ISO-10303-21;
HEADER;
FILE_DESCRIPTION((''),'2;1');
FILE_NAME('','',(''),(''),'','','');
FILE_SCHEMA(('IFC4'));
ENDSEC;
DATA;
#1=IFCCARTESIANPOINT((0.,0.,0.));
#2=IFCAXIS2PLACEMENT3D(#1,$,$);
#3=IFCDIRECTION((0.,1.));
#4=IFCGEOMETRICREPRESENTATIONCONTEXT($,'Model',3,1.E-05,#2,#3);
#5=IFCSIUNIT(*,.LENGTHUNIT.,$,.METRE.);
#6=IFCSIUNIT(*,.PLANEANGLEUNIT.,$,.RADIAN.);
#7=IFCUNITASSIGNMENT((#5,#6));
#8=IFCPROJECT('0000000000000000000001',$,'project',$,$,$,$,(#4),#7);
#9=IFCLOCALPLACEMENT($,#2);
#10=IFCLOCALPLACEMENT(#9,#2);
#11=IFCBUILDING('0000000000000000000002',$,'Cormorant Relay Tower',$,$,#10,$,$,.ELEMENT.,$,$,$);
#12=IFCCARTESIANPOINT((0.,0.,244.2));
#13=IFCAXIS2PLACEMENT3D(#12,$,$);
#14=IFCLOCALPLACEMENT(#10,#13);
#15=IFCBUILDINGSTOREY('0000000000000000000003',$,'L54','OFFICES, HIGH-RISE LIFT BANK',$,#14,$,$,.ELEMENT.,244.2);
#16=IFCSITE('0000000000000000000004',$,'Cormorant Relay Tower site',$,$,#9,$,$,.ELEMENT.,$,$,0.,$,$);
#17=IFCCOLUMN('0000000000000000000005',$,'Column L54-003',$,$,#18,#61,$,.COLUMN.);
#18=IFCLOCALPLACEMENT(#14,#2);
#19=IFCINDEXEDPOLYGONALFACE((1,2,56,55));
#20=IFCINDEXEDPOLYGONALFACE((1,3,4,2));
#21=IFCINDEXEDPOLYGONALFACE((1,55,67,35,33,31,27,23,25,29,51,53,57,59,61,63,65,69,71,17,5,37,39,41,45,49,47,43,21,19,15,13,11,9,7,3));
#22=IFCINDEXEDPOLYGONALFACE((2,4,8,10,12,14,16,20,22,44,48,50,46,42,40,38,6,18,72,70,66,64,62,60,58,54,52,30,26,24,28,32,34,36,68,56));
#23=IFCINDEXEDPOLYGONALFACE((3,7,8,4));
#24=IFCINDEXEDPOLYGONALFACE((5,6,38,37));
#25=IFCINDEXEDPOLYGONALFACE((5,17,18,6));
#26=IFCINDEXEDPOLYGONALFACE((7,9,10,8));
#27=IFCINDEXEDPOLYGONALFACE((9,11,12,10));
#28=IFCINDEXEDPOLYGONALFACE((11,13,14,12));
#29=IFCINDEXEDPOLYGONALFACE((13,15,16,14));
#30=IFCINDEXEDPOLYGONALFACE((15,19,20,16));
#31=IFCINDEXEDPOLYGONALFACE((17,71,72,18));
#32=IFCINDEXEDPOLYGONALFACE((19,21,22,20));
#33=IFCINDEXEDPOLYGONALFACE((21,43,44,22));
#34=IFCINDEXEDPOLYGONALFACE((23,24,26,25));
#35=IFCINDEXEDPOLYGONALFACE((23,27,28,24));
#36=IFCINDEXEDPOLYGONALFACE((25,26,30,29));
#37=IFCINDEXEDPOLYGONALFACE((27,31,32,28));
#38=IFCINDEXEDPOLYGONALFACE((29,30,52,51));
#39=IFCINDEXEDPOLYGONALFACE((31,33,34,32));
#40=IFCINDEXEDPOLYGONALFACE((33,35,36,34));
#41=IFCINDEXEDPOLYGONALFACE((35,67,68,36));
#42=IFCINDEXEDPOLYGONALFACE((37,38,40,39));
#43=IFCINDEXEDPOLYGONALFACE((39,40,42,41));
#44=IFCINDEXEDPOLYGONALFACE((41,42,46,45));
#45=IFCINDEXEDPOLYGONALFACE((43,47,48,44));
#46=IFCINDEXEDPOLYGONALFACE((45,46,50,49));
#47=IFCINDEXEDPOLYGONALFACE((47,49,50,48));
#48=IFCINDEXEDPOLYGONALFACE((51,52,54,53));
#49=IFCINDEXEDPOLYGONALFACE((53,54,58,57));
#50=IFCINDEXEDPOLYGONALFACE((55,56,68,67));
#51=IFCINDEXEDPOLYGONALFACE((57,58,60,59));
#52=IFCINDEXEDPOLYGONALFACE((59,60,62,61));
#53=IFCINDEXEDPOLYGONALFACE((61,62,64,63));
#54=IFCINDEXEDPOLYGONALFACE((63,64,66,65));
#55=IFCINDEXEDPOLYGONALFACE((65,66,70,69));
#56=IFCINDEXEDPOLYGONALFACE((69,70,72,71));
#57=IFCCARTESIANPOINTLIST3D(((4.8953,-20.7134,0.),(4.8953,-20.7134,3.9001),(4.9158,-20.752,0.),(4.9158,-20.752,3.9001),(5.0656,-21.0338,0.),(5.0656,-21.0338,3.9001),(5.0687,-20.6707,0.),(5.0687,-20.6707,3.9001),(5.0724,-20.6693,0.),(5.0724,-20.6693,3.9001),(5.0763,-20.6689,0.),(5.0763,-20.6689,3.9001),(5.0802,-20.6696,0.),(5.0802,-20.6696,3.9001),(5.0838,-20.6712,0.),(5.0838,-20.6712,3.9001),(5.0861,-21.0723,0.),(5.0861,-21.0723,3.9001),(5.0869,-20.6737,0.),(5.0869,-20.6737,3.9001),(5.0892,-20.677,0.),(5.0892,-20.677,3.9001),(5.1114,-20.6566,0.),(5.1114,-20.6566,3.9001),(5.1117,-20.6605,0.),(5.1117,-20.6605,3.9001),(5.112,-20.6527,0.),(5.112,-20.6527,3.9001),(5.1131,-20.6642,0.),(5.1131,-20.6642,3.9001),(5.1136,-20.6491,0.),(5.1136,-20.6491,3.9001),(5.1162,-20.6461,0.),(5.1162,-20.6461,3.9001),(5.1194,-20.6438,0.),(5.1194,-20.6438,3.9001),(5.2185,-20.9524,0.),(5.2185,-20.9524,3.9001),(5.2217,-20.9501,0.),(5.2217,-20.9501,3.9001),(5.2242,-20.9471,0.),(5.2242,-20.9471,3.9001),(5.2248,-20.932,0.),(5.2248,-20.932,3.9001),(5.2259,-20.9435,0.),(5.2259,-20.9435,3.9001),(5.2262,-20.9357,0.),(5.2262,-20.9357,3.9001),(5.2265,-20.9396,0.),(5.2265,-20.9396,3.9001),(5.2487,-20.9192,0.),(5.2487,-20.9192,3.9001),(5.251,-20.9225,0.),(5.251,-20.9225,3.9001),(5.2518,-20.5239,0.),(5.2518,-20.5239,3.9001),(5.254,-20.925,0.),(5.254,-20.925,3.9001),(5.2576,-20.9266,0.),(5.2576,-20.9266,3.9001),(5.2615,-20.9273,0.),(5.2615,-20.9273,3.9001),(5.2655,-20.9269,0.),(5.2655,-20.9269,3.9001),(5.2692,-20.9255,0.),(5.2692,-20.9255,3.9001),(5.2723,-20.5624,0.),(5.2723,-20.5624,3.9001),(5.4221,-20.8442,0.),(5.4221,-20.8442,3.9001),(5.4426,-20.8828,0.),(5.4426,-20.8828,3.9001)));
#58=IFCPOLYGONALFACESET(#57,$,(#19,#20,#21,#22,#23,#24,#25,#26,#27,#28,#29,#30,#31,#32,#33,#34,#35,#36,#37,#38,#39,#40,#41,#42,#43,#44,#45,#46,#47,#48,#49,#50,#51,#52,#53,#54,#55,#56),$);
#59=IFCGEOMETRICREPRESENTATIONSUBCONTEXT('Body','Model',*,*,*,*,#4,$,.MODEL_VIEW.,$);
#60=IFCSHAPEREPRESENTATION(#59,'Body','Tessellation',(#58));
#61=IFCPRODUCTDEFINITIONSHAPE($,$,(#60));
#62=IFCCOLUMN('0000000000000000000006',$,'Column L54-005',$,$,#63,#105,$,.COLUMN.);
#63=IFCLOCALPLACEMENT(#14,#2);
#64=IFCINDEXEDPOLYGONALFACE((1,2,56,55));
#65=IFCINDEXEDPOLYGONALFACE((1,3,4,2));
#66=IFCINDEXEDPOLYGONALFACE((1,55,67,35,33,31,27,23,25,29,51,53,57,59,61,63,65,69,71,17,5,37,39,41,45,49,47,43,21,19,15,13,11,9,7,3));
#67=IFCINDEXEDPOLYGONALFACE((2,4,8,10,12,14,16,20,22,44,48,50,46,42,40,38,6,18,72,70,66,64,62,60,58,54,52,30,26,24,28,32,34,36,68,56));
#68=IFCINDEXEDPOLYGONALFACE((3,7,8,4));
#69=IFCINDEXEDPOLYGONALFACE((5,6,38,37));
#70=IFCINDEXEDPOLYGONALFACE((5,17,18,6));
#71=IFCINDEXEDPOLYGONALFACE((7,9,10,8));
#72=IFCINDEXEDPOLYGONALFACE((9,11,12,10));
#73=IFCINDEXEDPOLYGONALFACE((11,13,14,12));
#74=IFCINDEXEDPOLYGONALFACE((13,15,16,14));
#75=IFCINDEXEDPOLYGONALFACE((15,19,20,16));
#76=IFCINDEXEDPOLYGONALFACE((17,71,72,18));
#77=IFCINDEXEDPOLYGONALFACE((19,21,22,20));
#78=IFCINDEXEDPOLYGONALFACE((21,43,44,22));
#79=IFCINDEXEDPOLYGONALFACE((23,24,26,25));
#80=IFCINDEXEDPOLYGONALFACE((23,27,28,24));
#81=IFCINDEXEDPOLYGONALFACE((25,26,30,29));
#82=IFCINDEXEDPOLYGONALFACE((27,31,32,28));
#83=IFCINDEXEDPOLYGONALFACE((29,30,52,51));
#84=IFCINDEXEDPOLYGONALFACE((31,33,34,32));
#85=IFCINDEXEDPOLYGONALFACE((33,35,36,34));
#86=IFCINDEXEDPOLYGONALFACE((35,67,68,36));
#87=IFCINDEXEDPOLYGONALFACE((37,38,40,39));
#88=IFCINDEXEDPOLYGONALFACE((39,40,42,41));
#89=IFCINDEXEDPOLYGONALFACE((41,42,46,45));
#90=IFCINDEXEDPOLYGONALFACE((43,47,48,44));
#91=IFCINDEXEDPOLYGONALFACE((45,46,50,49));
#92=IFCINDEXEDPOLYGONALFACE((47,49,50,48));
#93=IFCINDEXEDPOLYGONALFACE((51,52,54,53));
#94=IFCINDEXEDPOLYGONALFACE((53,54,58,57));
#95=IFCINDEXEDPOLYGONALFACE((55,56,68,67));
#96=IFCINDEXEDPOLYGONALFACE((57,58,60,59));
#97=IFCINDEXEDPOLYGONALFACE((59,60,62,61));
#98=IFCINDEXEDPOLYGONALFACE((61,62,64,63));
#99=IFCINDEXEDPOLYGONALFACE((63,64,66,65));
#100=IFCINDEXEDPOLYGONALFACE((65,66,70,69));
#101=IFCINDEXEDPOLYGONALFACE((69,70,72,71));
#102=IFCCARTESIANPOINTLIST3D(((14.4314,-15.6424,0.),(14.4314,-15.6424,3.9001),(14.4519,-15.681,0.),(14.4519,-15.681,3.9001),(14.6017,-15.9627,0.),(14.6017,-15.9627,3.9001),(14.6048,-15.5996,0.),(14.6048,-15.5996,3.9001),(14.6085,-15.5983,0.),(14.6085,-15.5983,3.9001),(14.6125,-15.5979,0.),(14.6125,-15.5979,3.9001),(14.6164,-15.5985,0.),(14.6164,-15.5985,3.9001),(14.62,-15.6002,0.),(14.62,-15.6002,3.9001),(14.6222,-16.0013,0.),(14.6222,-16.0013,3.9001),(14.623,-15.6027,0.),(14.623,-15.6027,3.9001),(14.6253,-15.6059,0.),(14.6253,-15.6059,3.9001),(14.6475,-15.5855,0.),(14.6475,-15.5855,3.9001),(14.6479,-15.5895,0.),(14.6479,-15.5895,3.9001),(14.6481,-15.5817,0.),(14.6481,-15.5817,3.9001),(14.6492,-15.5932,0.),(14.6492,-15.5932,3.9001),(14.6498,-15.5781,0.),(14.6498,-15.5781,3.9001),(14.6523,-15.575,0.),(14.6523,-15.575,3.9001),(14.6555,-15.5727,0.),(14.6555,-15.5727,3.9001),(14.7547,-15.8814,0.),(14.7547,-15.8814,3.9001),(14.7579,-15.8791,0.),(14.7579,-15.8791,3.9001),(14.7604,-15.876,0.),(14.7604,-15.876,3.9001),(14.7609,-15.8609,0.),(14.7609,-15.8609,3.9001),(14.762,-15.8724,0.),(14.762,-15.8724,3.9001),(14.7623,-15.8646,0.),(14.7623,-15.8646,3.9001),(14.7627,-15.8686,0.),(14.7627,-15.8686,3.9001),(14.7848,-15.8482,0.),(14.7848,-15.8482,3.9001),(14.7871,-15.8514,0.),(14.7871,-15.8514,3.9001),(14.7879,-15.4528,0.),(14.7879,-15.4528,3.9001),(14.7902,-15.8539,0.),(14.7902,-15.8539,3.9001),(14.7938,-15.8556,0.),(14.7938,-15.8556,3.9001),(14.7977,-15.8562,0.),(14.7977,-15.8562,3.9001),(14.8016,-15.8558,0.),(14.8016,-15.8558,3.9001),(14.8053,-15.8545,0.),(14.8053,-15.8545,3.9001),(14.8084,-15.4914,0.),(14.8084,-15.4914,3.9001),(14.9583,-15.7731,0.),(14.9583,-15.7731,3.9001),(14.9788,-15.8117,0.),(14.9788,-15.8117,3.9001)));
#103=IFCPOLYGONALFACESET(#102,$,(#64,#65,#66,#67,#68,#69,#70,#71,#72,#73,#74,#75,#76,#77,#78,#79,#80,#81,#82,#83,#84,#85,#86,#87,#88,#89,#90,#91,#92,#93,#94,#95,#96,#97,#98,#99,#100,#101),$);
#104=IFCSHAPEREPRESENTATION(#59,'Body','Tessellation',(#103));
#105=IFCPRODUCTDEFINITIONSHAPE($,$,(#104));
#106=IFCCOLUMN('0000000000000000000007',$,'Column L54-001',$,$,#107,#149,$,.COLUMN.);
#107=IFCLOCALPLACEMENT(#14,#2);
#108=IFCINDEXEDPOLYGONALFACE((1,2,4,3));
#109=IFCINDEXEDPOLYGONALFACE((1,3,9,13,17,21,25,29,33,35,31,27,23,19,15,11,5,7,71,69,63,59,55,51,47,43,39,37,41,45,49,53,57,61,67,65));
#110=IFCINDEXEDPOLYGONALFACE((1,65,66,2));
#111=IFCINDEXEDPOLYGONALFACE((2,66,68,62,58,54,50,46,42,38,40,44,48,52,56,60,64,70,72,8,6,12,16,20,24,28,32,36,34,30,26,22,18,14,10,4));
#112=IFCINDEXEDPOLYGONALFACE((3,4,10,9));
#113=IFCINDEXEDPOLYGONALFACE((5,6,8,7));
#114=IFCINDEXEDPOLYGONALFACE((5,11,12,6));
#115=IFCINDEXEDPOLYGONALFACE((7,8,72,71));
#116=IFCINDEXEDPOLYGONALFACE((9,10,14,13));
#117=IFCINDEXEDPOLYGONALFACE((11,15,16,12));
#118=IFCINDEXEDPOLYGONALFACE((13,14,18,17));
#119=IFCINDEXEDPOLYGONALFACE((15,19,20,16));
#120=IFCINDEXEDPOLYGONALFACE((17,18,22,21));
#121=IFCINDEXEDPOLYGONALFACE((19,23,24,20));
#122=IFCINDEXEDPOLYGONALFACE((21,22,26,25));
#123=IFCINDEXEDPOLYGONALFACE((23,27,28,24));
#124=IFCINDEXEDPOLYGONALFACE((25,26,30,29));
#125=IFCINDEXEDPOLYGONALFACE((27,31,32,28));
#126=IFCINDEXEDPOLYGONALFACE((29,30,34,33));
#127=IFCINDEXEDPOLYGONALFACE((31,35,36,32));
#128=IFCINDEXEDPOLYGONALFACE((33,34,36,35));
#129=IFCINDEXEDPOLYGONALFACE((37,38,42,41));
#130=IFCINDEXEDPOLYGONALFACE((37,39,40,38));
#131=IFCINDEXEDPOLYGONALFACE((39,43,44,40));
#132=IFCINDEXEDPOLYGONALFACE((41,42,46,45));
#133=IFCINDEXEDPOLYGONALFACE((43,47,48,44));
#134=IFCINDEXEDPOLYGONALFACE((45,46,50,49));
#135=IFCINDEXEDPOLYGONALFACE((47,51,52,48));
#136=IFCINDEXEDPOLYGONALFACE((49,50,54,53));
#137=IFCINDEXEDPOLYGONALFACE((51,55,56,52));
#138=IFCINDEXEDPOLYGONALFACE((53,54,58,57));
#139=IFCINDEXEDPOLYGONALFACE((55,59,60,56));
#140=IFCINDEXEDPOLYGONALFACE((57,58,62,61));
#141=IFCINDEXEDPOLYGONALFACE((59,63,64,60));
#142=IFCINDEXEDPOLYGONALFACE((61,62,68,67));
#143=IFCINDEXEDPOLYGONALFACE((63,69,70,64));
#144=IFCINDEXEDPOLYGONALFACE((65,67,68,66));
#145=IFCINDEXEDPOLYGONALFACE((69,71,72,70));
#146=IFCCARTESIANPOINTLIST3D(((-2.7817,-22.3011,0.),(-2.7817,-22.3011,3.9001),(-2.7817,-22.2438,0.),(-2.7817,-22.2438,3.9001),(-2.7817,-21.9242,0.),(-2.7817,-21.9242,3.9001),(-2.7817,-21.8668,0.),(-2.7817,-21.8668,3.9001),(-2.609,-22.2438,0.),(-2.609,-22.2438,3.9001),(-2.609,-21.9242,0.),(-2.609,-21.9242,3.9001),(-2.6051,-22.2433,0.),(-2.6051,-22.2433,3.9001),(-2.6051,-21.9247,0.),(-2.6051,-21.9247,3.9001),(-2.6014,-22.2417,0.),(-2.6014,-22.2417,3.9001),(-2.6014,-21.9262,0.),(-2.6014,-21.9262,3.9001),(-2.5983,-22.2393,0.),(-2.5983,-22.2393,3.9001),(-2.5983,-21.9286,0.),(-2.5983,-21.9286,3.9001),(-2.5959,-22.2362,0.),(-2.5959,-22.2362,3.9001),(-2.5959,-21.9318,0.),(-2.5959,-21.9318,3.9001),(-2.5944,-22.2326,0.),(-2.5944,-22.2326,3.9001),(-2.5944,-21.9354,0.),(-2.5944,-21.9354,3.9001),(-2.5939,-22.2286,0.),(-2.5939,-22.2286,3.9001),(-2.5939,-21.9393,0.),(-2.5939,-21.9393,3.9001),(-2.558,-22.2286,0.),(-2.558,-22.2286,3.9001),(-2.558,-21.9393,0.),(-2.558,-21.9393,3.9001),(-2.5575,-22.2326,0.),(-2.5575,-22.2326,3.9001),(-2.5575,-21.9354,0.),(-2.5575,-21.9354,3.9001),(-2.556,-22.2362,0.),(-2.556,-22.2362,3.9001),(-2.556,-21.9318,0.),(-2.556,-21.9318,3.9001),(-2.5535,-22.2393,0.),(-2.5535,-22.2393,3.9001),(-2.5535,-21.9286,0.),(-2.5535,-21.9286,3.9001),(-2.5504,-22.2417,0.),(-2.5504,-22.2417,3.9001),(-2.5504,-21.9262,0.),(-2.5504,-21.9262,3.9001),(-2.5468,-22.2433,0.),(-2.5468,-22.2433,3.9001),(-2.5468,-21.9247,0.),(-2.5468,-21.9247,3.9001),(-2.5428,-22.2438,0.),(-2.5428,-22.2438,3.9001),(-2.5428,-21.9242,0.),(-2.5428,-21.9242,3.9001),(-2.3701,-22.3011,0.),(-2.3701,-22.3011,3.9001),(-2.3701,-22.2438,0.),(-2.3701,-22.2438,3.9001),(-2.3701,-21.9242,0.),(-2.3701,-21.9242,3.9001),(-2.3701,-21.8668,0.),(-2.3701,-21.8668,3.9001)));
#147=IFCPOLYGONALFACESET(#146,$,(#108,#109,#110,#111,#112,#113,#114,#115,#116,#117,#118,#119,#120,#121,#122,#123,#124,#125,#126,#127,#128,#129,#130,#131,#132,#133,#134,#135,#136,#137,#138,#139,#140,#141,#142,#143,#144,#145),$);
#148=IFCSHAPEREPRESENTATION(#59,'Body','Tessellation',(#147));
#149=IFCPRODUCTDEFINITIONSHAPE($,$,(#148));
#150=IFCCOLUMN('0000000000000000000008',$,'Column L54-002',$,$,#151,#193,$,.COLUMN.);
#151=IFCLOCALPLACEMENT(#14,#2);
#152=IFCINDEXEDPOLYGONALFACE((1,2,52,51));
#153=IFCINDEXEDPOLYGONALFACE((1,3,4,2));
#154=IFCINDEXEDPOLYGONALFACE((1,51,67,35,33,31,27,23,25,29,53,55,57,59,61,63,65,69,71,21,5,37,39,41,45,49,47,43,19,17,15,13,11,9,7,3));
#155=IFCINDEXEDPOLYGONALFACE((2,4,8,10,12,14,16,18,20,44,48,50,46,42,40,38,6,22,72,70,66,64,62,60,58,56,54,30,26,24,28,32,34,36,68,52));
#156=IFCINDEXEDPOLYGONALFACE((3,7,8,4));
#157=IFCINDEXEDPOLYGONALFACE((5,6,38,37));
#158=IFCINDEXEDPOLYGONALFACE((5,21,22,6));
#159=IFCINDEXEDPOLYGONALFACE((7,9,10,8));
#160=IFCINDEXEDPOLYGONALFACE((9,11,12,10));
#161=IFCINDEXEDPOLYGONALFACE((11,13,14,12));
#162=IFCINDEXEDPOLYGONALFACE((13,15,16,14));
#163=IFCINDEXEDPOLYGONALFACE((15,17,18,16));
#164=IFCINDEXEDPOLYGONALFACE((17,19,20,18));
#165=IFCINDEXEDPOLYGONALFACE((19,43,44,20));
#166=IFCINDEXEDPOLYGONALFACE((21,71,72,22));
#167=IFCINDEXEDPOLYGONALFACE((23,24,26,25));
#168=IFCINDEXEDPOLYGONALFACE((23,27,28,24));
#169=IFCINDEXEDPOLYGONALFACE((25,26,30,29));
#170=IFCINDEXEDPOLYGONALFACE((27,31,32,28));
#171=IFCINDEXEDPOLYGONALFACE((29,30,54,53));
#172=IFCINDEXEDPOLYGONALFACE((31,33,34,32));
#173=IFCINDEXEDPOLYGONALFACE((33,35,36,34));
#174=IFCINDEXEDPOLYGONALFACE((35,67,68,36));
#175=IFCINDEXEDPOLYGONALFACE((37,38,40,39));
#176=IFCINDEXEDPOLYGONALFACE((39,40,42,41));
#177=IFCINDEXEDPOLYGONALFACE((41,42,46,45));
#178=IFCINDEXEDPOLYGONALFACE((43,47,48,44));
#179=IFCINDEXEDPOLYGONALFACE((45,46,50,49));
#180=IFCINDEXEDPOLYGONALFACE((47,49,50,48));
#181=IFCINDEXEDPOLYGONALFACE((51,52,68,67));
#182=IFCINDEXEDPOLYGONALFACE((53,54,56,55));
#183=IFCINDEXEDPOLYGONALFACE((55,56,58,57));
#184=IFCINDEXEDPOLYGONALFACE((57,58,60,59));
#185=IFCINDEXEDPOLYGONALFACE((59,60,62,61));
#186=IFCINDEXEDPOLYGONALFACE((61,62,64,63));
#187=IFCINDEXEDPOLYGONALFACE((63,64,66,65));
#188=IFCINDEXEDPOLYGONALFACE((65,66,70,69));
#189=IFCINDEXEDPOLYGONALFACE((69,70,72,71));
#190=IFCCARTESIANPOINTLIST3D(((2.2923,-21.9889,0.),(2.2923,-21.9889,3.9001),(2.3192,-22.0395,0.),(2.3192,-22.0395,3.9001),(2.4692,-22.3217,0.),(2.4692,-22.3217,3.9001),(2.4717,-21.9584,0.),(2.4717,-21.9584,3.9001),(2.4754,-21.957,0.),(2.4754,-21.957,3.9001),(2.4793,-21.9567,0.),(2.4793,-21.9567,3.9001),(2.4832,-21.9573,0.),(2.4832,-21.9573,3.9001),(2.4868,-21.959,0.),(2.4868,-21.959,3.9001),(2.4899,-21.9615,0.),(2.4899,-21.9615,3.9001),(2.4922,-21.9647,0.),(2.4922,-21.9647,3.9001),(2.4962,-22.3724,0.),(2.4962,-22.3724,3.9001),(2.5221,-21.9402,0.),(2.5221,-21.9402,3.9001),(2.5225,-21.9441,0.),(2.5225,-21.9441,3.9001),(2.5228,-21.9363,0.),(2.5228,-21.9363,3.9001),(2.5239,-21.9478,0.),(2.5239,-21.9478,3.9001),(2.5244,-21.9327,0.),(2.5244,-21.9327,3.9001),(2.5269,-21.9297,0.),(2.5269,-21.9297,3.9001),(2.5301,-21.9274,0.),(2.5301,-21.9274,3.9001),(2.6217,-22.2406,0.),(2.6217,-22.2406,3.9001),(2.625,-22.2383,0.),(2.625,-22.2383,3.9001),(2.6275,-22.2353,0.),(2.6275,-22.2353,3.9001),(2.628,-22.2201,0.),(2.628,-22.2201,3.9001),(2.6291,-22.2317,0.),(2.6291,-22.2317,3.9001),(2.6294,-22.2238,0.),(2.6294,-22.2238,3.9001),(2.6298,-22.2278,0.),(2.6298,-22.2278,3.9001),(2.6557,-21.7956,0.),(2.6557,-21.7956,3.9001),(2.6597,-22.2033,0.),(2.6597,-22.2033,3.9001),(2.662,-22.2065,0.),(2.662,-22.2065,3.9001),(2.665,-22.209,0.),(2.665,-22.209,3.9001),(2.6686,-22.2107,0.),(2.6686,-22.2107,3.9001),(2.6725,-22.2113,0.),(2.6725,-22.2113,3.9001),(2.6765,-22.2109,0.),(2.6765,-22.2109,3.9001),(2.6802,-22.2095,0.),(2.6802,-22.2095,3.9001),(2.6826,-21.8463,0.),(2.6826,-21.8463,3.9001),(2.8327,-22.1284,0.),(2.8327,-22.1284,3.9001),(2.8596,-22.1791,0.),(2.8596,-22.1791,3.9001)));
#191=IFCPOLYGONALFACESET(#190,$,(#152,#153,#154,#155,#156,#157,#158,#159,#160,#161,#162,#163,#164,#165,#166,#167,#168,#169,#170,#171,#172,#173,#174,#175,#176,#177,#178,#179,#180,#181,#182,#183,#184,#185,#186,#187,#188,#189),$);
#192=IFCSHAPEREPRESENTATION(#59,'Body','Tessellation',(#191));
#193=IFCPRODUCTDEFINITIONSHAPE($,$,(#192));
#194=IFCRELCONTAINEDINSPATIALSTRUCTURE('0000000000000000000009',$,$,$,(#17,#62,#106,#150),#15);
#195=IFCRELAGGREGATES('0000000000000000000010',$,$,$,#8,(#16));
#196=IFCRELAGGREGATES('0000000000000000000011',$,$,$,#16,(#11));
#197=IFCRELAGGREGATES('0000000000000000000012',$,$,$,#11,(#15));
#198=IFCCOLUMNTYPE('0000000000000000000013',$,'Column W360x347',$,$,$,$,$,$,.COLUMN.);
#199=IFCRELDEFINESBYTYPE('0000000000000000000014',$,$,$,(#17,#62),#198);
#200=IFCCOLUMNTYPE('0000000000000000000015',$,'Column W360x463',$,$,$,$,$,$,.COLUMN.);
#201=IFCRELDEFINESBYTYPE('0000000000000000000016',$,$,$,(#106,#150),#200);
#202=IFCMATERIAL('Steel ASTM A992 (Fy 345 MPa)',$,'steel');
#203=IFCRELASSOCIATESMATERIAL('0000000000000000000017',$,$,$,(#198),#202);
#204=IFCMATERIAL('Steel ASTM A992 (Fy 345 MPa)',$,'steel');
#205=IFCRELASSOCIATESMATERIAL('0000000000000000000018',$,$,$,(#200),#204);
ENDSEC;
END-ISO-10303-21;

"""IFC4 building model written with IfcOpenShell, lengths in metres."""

from ifc_helpers import new_model, si_unit, direction, frame, origin, origin_2d, place, context, subcontext, project, spatial, i_section, extrude, material, material_profile, profile_set, type_object, element, save


model = new_model("IFC4")

# Units and contexts
model_context = context("Model", 3, precision=1e-05, world=origin(), true_north=direction((0.0, 1.0)))
body_context = subcontext(model_context, "Body", "Model", "MODEL_VIEW")
ifc_project = project(units=[si_unit("LENGTHUNIT", "METRE"), si_unit("PLANEANGLEUNIT", "RADIAN")], contexts=[model_context])

# Site, building, storey
site_placement = place(None, origin())
site = spatial("IfcSite", under=ifc_project, at=site_placement, Name="Cormorant Relay Tower site", CompositionType="ELEMENT", RefElevation=0.0)
building_placement = place(site_placement, origin())
building = spatial("IfcBuilding", under=site, at=building_placement, Name="Cormorant Relay Tower", CompositionType="ELEMENT")
storey_placement = place(building_placement, frame((0.0, 0.0, 244.2)))
storey = spatial("IfcBuildingStorey", under=building, at=storey_placement, Name="L54", Description="OFFICES, HIGH-RISE LIFT BANK", CompositionType="ELEMENT", Elevation=244.2)

# Columns
ifc_material_1 = material(Name="Steel ASTM A992 (Fy 345 MPa)", Category="steel")
ifc_material_profile_1 = material_profile(ifc_material_1, i_section(OverallWidth=0.4038, OverallDepth=0.4065, WebThickness=0.0271, FlangeThickness=0.0437, FilletRadius=0.0151, at=origin_2d()), Name="W360x347")
ifc_profile_set_1 = profile_set([ifc_material_profile_1], Name="Steel ASTM A992 (Fy 345 MPa)")
column_type_1 = type_object("IfcColumnType", Name="Column W360x347", PredefinedType="COLUMN", material=ifc_profile_set_1)
for number, where, z_axis, x_axis, name in (
    (1, (5.1689, -20.7981, 0.0), (0.0, 0.0, 1.0), (0.882948, 0.469472, 0.0), "Column L54-003"),
    (2, (14.7051, -15.7271, 0.0), (0.0, 0.0, 1.0), (0.882948, 0.469472, 0.0), "Column L54-005"),
):
    element("IfcColumn", number, at=place(storey_placement, frame(where, z_axis=z_axis, x_axis=x_axis)), inside=storey, type_object=column_type_1, Name=name, PredefinedType="COLUMN", context=body_context, shape_type="SweptSolid", body=[
        extrude(i_section(OverallWidth=0.4038, OverallDepth=0.4065, WebThickness=0.0271, FlangeThickness=0.0437, FilletRadius=0.0151, at=origin_2d()), origin(), (0.0, 0.0, 1.0), 3.9001),
    ])
ifc_material_2 = material(Name="Steel ASTM A992 (Fy 345 MPa)", Category="steel")
ifc_material_profile_2 = material_profile(ifc_material_2, i_section(OverallWidth=0.4116, OverallDepth=0.4343, WebThickness=0.0359, FlangeThickness=0.0574, FilletRadius=0.0151, at=origin_2d()), Name="W360x463")
ifc_profile_set_2 = profile_set([ifc_material_profile_2], Name="Steel ASTM A992 (Fy 345 MPa)")
column_type_2 = type_object("IfcColumnType", Name="Column W360x463", PredefinedType="COLUMN", material=ifc_profile_set_2)
for number, where, z_axis, x_axis, name in (
    (3, (-2.5759, -22.084, 0.0), (0.0, 0.0, 1.0), (1.0, 0.0, 0.0), "Column L54-001"),
    (4, (2.5759, -22.084, 0.0), (0.0, 0.0, 1.0), (0.882948, 0.469472, 0.0), "Column L54-002"),
):
    element("IfcColumn", number, at=place(storey_placement, frame(where, z_axis=z_axis, x_axis=x_axis)), inside=storey, type_object=column_type_2, Name=name, PredefinedType="COLUMN", context=body_context, shape_type="SweptSolid", body=[
        extrude(i_section(OverallWidth=0.4116, OverallDepth=0.4343, WebThickness=0.0359, FlangeThickness=0.0574, FilletRadius=0.0151, at=origin_2d()), origin(), (0.0, 0.0, 1.0), 3.9001),
    ])

save(model, "model.ifc")
